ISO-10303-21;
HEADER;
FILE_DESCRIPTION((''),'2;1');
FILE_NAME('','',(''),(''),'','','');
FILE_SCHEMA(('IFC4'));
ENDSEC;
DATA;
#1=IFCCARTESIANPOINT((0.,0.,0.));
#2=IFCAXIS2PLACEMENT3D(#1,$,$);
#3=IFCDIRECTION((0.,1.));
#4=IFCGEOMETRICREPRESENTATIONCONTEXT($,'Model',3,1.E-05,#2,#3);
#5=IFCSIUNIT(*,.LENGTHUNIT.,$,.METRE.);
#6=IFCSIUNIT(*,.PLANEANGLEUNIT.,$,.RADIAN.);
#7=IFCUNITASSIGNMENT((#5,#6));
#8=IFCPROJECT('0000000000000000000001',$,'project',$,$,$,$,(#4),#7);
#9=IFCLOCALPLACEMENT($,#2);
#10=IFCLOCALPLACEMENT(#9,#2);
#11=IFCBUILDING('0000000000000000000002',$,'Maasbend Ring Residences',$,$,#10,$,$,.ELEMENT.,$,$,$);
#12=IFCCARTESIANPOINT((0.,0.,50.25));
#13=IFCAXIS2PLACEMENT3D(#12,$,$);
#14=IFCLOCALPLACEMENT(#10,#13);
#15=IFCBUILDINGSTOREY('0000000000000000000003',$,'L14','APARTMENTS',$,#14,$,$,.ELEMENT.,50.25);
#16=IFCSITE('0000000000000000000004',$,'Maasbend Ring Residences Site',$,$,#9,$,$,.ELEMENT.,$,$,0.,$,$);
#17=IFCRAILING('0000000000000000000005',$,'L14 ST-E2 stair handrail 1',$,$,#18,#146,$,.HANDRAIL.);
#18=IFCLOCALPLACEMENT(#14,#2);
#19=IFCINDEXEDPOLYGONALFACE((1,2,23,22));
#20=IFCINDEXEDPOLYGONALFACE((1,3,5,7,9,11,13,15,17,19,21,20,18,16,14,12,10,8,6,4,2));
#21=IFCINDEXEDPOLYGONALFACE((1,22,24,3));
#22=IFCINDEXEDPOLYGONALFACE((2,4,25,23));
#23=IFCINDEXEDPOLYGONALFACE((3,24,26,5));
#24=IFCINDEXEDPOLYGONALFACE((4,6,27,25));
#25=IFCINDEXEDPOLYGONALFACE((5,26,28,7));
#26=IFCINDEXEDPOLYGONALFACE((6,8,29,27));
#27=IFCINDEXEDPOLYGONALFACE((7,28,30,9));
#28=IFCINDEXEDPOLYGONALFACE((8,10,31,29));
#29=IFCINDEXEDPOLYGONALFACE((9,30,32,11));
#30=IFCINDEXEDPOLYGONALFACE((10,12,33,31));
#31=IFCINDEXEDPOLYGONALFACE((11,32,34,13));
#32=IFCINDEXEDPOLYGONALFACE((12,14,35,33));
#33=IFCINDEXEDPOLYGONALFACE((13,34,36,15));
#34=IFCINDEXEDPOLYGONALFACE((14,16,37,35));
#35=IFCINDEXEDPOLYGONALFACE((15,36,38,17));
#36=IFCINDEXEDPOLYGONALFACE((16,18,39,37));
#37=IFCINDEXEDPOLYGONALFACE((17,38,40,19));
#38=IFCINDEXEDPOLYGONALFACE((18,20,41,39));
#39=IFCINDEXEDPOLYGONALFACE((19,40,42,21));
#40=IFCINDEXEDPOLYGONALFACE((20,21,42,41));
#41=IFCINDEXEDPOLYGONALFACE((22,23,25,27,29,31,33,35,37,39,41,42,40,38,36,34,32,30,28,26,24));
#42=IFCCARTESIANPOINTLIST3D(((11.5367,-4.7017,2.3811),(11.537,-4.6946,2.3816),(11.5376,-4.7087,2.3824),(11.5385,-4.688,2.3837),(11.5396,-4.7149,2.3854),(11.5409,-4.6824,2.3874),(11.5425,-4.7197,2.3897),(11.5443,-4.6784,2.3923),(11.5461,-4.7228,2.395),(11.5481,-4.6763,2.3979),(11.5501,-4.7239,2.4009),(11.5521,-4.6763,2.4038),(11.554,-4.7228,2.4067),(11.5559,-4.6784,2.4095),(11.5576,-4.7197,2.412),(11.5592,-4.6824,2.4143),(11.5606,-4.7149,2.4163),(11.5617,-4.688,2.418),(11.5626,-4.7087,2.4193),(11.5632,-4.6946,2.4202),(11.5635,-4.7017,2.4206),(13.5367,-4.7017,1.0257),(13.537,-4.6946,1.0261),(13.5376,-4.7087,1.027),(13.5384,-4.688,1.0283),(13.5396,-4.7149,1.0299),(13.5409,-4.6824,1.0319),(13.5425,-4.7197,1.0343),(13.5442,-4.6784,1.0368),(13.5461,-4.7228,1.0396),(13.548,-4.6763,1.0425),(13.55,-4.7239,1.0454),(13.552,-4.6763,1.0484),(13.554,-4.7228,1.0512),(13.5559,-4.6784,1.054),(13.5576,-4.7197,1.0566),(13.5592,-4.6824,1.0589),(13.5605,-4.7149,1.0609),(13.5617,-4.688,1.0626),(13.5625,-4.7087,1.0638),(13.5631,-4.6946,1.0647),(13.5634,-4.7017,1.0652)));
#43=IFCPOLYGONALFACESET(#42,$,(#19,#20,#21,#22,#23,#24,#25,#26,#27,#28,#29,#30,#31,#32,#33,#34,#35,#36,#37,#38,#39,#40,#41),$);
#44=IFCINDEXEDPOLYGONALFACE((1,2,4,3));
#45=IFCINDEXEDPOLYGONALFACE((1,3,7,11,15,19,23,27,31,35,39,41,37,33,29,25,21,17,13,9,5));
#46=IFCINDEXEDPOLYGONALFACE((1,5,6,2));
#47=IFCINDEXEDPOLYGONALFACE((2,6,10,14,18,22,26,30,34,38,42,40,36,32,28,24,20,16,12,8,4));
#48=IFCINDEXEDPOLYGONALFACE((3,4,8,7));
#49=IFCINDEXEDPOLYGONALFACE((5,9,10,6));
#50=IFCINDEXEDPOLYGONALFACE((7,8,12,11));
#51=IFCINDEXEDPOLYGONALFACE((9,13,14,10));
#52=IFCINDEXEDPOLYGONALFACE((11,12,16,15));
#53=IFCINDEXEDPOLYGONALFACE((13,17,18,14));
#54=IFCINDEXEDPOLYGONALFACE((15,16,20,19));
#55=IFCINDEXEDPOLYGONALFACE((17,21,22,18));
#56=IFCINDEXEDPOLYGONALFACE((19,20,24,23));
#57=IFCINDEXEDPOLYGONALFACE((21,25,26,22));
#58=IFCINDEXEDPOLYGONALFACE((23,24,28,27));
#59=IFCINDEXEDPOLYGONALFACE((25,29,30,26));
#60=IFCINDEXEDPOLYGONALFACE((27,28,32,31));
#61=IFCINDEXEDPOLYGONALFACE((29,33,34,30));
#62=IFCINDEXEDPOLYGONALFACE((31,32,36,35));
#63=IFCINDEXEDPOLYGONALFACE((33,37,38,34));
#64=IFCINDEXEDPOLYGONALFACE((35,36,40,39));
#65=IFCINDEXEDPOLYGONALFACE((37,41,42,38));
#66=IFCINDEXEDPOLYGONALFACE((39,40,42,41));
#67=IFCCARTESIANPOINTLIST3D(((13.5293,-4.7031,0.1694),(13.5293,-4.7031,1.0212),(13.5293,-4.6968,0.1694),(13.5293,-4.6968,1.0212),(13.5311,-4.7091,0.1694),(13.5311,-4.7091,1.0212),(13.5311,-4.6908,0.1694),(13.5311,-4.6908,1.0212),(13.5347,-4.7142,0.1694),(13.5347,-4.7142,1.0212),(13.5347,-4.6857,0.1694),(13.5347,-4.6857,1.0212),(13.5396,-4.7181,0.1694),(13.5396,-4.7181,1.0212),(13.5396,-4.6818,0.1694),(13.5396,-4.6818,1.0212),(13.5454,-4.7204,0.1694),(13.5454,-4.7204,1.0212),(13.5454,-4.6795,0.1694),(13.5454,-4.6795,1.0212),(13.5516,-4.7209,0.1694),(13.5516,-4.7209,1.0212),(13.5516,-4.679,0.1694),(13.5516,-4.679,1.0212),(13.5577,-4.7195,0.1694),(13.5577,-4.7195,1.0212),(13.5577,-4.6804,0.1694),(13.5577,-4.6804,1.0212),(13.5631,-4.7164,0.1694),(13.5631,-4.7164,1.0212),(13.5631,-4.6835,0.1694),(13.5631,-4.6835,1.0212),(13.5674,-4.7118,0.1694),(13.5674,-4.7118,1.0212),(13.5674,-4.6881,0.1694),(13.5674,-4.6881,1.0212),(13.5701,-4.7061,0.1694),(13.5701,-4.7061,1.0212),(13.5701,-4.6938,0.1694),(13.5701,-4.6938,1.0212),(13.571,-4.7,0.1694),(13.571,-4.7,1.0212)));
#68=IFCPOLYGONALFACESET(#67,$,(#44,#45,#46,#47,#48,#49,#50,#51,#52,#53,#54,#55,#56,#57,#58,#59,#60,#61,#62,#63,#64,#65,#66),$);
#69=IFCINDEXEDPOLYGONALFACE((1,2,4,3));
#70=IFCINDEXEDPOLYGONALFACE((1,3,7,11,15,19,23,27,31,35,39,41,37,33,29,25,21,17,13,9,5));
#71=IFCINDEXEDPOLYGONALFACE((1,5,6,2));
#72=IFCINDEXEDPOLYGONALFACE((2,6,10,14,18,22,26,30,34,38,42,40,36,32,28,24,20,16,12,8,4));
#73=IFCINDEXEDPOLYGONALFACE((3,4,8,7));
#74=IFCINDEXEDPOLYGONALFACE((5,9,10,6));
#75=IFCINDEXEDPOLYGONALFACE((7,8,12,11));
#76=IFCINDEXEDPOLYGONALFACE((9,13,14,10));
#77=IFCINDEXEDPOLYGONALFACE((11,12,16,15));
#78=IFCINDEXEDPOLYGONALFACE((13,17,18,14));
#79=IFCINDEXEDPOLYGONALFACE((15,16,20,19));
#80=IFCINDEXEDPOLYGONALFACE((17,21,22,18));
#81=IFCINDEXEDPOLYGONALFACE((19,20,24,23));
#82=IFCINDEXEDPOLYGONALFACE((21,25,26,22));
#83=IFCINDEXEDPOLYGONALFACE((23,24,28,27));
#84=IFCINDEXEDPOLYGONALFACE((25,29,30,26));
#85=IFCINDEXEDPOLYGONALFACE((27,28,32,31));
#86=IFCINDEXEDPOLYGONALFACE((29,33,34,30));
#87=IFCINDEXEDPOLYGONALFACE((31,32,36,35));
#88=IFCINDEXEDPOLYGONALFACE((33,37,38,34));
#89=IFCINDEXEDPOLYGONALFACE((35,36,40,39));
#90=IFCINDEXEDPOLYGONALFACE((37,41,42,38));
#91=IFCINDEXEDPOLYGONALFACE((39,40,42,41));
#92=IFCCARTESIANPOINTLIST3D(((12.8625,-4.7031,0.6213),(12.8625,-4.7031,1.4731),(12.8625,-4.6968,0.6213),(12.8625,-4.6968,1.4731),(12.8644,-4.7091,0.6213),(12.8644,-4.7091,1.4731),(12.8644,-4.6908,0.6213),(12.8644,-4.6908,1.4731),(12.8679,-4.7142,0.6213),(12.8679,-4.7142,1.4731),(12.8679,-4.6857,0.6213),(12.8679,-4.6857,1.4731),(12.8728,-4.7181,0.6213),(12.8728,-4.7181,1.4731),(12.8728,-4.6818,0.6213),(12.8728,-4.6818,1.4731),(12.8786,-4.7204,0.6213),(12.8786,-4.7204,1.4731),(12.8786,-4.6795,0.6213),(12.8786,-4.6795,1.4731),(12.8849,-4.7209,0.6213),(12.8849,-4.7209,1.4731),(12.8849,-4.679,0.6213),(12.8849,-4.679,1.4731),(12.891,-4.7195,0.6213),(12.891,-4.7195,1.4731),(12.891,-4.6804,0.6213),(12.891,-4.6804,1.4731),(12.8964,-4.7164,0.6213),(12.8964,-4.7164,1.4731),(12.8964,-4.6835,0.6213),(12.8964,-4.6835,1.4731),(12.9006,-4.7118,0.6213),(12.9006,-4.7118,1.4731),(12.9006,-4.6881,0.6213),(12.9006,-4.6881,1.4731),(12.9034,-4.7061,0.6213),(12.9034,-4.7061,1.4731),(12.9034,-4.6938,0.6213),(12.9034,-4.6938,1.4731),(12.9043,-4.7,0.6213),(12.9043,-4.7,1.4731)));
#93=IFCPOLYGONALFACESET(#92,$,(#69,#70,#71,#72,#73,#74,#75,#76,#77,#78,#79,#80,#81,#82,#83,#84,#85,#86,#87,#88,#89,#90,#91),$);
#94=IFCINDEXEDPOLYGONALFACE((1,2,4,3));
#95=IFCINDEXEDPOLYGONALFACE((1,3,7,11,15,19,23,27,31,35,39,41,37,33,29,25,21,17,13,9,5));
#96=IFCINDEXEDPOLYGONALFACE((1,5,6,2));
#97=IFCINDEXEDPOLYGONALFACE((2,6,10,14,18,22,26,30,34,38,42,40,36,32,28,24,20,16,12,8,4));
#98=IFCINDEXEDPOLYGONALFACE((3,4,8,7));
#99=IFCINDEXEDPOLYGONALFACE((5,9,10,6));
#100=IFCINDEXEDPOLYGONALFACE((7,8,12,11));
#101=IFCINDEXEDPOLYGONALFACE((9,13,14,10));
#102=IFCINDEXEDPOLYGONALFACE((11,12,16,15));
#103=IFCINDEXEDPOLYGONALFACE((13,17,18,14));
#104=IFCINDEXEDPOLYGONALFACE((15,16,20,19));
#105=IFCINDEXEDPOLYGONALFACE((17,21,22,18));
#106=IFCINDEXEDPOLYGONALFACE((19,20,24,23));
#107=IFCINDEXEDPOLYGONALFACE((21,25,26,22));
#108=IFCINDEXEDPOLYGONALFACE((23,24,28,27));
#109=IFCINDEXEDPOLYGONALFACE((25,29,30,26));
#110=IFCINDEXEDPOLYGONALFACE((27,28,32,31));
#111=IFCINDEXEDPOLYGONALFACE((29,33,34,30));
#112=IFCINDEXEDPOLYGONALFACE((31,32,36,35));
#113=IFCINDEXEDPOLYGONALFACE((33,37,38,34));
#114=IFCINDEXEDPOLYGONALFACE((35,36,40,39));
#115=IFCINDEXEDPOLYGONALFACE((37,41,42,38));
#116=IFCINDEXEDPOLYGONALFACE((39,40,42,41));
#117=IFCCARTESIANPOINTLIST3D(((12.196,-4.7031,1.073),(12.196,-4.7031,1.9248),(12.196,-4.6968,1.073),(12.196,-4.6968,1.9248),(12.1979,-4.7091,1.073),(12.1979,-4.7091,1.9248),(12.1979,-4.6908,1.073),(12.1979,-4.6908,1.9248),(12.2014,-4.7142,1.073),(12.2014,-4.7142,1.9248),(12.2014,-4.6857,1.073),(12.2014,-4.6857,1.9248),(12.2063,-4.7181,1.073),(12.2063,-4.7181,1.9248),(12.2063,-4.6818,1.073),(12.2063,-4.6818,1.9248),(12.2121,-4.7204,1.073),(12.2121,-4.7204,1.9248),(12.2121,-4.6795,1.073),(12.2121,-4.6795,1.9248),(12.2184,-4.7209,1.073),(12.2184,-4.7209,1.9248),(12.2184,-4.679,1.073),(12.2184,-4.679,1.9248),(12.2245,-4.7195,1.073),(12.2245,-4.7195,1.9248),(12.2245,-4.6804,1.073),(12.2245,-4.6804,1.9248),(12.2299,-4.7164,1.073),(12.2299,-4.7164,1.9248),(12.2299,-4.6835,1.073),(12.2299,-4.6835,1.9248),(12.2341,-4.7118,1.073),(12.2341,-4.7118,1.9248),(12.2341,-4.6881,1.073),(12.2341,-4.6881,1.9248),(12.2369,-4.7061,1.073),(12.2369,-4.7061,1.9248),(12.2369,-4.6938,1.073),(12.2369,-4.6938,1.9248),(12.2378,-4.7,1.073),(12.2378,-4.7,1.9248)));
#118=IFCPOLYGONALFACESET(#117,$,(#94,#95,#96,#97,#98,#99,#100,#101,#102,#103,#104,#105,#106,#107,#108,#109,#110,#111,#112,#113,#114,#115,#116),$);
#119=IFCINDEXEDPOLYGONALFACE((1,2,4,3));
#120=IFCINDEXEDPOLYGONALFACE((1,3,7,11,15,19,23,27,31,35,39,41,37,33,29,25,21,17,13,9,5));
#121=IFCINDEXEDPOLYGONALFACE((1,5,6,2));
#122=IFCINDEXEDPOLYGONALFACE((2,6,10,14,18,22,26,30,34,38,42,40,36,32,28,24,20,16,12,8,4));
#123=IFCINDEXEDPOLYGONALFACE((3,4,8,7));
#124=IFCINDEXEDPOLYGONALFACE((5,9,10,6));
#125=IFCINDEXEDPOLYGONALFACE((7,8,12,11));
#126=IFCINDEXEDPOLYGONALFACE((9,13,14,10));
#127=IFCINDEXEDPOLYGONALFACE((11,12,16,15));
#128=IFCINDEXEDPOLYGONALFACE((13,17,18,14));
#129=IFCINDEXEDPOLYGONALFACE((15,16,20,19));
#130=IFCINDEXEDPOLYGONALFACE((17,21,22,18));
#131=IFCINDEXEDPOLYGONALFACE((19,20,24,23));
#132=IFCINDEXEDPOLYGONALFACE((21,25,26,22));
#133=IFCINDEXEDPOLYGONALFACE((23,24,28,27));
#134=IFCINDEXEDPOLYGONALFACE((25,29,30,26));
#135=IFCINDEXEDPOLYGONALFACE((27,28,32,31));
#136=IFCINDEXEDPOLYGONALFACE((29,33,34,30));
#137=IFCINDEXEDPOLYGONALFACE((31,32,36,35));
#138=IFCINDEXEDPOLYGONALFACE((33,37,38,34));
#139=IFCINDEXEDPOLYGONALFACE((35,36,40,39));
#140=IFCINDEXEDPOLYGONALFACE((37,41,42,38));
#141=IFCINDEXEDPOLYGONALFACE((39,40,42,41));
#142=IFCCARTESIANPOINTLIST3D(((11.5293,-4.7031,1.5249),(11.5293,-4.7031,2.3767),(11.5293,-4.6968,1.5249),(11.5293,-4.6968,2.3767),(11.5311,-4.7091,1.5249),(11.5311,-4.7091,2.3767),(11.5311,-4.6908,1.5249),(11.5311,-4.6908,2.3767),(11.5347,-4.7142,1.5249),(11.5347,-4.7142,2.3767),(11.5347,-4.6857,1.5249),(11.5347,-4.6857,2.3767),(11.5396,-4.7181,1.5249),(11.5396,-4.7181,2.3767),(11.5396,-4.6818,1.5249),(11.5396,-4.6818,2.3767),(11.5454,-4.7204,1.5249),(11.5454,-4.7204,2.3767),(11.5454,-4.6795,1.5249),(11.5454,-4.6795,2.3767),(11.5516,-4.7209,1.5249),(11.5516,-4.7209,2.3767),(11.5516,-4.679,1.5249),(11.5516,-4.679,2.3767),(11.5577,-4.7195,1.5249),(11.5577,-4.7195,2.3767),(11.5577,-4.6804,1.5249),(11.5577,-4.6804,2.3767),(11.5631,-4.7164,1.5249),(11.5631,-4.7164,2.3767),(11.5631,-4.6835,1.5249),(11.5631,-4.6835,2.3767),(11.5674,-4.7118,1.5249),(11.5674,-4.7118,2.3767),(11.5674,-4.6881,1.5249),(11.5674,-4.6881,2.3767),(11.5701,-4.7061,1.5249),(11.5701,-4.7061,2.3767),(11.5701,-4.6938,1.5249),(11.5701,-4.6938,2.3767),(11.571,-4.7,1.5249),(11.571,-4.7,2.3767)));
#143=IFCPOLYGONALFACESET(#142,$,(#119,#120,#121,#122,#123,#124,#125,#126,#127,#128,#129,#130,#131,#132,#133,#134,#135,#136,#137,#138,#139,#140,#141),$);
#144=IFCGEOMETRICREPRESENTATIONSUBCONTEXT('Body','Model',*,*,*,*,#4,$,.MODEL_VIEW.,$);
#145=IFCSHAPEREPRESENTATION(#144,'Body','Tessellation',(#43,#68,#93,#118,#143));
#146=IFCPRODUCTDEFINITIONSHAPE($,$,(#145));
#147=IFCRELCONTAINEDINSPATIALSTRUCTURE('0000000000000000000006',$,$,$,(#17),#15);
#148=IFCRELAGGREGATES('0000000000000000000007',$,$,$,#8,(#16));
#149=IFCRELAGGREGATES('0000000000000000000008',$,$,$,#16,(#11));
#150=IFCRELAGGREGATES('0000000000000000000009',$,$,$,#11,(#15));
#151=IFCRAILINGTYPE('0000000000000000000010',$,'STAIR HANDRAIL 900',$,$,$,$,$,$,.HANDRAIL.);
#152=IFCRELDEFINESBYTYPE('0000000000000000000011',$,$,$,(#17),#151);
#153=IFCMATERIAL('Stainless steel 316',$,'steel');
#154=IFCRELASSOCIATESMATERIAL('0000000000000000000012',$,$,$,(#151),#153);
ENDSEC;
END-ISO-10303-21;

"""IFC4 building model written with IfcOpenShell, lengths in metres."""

from ifc_helpers import new_model, si_unit, direction, frame, origin, origin_2d, place, context, subcontext, project, spatial, circle, extrude, material, type_object, element, save


model = new_model("IFC4")

# Units and contexts
model_context = context("Model", 3, precision=1e-05, world=origin(), true_north=direction((0.0, 1.0)))
body_context = subcontext(model_context, "Body", "Model", "MODEL_VIEW")
ifc_project = project(units=[si_unit("LENGTHUNIT", "METRE"), si_unit("PLANEANGLEUNIT", "RADIAN")], contexts=[model_context])

# Site, building, storey
site_placement = place(None, origin())
site = spatial("IfcSite", under=ifc_project, at=site_placement, Name="Maasbend Ring Residences Site", CompositionType="ELEMENT", RefElevation=0.0)
building_placement = place(site_placement, origin())
building = spatial("IfcBuilding", under=site, at=building_placement, Name="Maasbend Ring Residences", CompositionType="ELEMENT")
storey_placement = place(building_placement, frame((0.0, 0.0, 50.25)))
storey = spatial("IfcBuildingStorey", under=building, at=storey_placement, Name="L14", Description="APARTMENTS", CompositionType="ELEMENT", Elevation=50.25)

# Railing
ifc_material_1 = material(Name="Stainless steel 316", Category="steel")
railing_type_1 = type_object("IfcRailingType", Name="STAIR HANDRAIL 900", PredefinedType="HANDRAIL", material=ifc_material_1)
railing_1_placement = place(storey_placement, frame((13.55, -4.7, 0.1694)))
element("IfcRailing", 1, at=railing_1_placement, inside=storey, type_object=railing_type_1, Name="L14 ST-E2 stair handrail 1", PredefinedType="HANDRAIL", context=body_context, shape_type="SweptSolid", body=[
    extrude(circle(Radius=0.0239, at=origin_2d()), frame((0.0, 0.0, 0.876), z_axis=(-0.827798, 0.0, 0.561027), x_axis=(0.0, -1.0, 0.0)), (0.0, 0.0, 1.0), 2.416),
    extrude(circle(Radius=0.021, at=origin_2d()), origin(), (0.0, 0.0, 1.0), 0.8518),
    extrude(circle(Radius=0.021, at=origin_2d()), frame((-0.6667, 0.0, 0.4519)), (0.0, 0.0, 1.0), 0.8518),
    extrude(circle(Radius=0.021, at=origin_2d()), frame((-1.3333, 0.0, 0.9036)), (0.0, 0.0, 1.0), 0.8518),
    extrude(circle(Radius=0.021, at=origin_2d()), frame((-2.0, 0.0, 1.3555)), (0.0, 0.0, 1.0), 0.8518),
])

save(model, "model.ifc")
